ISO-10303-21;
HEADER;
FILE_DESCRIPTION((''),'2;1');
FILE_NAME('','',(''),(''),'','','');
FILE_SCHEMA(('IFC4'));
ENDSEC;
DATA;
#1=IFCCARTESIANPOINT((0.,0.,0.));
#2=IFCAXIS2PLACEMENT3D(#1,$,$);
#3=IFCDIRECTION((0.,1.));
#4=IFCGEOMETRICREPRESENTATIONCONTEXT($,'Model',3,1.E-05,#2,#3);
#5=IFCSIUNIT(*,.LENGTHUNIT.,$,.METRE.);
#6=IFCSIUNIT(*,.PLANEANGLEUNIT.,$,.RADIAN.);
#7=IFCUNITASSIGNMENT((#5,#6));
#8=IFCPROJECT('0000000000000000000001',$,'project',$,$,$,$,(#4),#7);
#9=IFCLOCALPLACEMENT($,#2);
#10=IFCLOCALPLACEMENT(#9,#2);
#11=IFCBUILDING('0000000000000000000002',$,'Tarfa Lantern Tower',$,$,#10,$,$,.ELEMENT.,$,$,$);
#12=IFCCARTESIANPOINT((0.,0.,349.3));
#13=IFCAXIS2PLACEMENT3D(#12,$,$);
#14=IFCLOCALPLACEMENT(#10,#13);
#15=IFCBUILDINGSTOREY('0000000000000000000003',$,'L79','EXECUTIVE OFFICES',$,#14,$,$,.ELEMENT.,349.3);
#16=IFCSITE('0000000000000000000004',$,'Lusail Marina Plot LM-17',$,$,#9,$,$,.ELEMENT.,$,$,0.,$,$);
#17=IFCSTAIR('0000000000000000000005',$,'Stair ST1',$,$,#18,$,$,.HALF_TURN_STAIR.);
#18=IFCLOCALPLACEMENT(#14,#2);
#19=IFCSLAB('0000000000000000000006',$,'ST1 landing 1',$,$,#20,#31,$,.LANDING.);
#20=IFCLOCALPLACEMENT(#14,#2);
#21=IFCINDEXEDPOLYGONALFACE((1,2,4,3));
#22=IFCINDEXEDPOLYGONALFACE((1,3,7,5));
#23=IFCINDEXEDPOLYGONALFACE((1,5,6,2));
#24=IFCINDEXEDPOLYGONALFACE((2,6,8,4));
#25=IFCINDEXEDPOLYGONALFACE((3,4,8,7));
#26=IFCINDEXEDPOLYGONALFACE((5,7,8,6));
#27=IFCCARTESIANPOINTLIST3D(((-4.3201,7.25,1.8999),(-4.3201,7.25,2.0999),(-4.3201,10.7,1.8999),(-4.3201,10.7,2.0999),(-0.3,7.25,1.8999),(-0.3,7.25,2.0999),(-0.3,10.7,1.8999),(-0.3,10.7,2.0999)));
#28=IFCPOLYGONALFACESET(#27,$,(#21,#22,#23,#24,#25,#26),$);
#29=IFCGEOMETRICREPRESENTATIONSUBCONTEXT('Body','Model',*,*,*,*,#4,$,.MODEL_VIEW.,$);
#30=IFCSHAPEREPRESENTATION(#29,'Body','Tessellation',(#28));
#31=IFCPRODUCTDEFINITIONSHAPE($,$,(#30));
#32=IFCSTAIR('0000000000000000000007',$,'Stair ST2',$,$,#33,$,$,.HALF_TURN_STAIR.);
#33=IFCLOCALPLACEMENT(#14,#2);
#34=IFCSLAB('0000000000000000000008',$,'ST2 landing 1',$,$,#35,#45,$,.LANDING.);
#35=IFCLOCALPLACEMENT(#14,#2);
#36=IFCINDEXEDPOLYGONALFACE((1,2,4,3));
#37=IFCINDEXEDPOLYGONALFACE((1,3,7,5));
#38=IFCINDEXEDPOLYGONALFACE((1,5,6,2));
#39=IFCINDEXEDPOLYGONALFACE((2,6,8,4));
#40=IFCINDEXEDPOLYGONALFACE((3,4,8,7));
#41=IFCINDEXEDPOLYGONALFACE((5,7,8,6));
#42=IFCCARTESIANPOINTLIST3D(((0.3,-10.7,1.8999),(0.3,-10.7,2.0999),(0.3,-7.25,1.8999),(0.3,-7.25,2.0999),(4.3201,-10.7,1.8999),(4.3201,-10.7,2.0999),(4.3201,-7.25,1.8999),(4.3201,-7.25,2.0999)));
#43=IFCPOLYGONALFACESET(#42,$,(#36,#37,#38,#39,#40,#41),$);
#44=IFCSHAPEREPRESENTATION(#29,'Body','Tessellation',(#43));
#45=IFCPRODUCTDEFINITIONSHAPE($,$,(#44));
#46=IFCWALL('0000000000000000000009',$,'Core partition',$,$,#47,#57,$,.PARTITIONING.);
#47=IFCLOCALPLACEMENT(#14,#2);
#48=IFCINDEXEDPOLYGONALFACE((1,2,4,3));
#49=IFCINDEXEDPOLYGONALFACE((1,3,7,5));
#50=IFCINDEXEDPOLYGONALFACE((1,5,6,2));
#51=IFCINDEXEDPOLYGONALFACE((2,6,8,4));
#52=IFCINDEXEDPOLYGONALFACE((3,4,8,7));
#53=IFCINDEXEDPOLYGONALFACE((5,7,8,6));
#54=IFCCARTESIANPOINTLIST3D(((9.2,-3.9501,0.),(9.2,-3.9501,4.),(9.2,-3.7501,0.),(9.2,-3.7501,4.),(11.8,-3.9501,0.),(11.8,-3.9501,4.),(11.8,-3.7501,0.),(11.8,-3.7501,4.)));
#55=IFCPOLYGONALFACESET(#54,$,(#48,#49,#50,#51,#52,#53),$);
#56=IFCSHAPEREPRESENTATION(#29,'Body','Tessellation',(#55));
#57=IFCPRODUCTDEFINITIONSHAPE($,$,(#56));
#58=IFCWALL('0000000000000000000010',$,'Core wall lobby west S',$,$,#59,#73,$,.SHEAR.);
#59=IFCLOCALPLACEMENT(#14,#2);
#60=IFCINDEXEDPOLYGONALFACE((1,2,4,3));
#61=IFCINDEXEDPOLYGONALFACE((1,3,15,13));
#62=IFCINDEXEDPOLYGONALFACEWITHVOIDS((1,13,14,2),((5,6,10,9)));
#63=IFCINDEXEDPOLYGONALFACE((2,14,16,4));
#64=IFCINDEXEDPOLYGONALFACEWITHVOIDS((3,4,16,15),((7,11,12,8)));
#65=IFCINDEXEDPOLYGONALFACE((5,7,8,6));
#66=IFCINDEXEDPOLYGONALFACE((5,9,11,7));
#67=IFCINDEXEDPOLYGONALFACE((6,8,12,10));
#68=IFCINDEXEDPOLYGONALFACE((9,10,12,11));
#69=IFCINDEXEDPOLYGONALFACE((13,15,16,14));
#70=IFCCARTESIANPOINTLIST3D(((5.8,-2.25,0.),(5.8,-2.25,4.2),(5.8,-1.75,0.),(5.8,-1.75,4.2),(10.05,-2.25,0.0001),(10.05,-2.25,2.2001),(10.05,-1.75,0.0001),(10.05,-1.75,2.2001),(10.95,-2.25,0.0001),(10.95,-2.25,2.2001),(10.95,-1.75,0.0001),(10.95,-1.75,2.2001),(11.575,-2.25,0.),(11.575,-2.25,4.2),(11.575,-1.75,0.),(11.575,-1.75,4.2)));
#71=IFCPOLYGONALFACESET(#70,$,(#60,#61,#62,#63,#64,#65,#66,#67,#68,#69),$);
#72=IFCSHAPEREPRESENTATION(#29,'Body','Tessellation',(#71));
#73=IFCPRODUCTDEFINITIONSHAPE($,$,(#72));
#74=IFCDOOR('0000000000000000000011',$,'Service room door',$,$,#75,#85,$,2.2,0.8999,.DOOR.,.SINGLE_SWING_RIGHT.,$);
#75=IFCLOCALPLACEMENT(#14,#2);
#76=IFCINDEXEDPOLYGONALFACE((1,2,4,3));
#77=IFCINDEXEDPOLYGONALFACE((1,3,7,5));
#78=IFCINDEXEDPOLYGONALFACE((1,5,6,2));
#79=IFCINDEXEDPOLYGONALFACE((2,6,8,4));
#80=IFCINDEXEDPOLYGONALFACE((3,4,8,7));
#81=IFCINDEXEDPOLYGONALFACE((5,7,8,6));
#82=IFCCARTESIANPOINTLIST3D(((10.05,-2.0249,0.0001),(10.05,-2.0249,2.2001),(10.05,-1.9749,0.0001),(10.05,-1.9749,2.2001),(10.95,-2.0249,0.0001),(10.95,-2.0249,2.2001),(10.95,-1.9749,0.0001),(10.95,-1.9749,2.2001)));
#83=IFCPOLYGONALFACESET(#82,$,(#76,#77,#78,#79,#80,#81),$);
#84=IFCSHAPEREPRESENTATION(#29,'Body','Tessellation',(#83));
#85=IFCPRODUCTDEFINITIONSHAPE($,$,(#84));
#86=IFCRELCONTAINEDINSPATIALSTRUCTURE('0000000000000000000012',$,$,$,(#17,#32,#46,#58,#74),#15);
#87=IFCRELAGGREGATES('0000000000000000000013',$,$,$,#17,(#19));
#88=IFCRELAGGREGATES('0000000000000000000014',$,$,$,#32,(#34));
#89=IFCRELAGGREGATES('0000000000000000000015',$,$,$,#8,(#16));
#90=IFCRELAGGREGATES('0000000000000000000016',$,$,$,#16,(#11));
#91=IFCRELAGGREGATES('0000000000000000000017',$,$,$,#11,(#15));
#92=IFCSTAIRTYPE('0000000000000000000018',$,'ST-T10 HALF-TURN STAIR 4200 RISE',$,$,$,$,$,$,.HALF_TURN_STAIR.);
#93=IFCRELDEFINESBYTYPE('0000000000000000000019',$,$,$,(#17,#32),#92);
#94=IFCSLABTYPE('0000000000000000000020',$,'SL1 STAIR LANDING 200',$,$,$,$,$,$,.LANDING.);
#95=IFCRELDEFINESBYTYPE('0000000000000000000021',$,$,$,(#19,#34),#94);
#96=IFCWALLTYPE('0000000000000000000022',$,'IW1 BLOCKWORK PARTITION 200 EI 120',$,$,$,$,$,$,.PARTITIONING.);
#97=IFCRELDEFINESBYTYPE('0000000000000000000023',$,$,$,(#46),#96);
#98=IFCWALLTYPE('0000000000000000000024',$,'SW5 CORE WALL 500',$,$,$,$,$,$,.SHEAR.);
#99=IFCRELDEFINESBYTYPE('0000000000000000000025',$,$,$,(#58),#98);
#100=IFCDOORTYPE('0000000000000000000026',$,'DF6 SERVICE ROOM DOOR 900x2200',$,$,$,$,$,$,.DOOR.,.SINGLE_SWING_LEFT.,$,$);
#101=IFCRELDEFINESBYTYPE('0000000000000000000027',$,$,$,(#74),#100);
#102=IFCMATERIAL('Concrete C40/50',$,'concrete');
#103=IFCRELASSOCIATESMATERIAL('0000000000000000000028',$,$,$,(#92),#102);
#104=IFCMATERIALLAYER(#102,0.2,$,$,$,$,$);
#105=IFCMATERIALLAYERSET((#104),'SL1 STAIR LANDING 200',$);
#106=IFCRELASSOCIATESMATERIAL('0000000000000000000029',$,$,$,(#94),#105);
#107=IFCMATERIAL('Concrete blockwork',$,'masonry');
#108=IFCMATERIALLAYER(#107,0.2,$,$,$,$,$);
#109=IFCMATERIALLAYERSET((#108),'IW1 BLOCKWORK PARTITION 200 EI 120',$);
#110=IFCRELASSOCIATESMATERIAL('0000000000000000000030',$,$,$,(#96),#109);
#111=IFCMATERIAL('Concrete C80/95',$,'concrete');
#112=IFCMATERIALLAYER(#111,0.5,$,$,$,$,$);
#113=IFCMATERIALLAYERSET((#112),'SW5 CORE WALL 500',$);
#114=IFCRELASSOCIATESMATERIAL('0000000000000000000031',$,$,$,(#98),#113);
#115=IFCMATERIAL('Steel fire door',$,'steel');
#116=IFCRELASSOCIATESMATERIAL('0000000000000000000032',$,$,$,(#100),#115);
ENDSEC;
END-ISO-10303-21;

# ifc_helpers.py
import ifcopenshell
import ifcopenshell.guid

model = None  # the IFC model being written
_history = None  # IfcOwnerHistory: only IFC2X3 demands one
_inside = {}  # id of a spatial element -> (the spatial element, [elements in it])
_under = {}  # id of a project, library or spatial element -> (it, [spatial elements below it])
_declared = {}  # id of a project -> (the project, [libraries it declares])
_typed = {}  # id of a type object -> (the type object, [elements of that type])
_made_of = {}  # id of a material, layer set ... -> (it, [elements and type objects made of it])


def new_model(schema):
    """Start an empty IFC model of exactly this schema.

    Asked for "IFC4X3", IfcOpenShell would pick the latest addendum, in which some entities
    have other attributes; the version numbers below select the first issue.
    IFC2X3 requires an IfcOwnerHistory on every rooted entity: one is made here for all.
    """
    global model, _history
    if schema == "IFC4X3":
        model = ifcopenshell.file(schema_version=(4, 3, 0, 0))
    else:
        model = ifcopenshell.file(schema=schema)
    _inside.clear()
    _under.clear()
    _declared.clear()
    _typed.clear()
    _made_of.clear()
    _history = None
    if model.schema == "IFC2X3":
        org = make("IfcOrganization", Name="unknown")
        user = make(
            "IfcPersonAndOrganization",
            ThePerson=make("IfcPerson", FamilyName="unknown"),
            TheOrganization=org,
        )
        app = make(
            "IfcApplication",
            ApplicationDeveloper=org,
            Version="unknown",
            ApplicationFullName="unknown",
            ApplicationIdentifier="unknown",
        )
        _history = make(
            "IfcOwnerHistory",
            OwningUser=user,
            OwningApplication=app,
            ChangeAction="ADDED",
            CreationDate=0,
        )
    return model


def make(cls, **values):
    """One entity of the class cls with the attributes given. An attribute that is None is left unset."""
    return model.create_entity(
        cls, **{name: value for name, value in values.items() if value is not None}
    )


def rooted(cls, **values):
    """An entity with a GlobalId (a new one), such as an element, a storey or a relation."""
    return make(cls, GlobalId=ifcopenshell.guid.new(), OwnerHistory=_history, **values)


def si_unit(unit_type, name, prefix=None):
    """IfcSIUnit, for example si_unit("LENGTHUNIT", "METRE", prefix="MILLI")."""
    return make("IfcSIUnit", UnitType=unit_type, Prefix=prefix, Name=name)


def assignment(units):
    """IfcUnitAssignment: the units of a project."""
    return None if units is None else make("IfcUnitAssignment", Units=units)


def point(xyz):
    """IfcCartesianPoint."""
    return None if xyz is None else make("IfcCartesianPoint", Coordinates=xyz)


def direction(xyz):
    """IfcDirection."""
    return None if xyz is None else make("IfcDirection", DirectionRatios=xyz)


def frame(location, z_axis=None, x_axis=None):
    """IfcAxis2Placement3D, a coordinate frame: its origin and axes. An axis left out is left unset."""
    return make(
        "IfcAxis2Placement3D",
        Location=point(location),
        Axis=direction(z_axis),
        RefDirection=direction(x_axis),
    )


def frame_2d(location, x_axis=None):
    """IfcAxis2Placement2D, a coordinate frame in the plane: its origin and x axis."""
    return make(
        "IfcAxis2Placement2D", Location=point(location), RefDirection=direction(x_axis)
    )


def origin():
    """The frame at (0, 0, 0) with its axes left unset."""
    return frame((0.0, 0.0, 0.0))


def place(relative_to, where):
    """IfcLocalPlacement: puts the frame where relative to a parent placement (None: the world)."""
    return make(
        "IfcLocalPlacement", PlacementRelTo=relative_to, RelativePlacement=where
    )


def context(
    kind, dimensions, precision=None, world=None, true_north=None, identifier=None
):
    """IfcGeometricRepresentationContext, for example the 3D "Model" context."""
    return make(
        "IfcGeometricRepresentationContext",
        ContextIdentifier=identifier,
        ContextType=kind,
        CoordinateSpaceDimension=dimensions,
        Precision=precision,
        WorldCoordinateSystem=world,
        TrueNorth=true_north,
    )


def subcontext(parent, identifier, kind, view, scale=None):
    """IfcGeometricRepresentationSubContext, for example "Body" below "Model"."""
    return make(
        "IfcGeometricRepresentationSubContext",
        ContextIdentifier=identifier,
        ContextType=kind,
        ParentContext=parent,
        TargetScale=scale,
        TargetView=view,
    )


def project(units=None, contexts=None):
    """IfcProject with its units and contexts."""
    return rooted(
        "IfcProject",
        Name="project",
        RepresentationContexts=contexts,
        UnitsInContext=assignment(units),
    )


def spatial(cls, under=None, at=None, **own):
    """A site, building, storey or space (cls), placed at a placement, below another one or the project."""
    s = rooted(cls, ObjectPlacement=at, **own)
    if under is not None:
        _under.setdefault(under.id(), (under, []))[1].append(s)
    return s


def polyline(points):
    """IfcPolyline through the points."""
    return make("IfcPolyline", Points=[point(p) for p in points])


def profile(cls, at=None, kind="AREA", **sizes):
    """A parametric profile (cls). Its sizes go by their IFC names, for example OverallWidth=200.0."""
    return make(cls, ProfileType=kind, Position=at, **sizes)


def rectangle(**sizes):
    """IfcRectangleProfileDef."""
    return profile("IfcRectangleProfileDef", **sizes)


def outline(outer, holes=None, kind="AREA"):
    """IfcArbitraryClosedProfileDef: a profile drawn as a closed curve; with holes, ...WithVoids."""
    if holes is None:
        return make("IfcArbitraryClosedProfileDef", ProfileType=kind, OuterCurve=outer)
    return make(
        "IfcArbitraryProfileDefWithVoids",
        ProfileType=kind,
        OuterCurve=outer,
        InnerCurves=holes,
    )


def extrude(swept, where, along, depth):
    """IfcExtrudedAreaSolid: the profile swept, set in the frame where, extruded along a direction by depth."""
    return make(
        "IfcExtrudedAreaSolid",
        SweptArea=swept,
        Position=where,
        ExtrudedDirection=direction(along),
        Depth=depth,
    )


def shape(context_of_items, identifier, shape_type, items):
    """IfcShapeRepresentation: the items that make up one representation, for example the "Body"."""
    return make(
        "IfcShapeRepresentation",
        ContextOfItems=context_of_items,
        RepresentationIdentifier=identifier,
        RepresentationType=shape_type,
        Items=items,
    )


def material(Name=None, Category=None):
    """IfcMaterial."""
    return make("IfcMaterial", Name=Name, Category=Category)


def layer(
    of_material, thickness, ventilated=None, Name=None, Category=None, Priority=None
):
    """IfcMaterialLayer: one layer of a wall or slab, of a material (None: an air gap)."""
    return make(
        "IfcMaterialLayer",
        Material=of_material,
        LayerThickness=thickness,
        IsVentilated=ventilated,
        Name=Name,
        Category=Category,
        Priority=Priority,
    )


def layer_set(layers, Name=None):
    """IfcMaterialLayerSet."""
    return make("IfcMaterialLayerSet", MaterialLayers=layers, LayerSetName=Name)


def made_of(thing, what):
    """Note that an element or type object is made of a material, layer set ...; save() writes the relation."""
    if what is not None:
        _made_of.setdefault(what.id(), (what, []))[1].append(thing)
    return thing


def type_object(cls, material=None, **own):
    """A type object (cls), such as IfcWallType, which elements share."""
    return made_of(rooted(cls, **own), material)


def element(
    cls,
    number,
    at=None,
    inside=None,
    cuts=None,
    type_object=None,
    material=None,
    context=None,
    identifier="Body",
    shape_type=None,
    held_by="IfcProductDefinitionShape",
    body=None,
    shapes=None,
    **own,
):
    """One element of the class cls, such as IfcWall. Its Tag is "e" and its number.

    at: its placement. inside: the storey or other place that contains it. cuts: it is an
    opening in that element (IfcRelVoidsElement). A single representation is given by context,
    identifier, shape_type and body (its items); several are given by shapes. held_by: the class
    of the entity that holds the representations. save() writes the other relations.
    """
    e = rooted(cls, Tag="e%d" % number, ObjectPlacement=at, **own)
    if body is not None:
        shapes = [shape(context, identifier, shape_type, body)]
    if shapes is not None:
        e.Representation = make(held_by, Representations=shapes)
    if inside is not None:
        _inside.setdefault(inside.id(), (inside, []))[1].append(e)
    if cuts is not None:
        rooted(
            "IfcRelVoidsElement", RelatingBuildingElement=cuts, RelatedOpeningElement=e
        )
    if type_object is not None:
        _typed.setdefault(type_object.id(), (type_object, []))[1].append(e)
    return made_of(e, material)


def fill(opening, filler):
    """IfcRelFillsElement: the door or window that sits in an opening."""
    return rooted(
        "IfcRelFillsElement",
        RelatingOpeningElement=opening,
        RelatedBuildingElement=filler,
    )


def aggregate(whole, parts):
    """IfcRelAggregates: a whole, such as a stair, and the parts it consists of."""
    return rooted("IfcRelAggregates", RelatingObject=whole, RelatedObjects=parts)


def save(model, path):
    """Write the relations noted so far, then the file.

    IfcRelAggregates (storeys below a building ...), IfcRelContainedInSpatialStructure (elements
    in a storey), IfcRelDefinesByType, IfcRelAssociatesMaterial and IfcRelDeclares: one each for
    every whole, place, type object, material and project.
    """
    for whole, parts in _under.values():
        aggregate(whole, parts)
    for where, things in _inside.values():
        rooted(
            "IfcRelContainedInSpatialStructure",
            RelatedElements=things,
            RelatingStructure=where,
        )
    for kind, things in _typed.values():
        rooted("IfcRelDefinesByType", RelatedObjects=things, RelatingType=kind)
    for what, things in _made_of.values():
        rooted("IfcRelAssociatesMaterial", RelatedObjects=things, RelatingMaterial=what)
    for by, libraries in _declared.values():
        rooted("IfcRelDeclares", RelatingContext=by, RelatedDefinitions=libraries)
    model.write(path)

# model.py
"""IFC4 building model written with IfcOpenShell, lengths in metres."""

from ifc_helpers import new_model, si_unit, direction, frame, frame_2d, origin, place, context, subcontext, project, spatial, polyline, rectangle, outline, extrude, material, layer, layer_set, type_object, element, fill, aggregate, save


model = new_model("IFC4")

# Units and contexts
model_context = context("Model", 3, precision=1e-05, world=origin(), true_north=direction((0.0, 1.0)))
body_context = subcontext(model_context, "Body", "Model", "MODEL_VIEW")
ifc_project = project(units=[si_unit("LENGTHUNIT", "METRE"), si_unit("PLANEANGLEUNIT", "RADIAN")], contexts=[model_context])

# Site, building, storey
site_placement = place(None, origin())
site = spatial("IfcSite", under=ifc_project, at=site_placement, Name="Lusail Marina Plot LM-17", CompositionType="ELEMENT", RefElevation=0.0)
building_placement = place(site_placement, origin())
building = spatial("IfcBuilding", under=site, at=building_placement, Name="Tarfa Lantern Tower", CompositionType="ELEMENT")
storey_placement = place(building_placement, frame((0.0, 0.0, 349.3)))
storey = spatial("IfcBuildingStorey", under=building, at=storey_placement, Name="L79", Description="EXECUTIVE OFFICES", CompositionType="ELEMENT", Elevation=349.3)

# Stairs, slabs
ifc_material_1 = material(Name="Concrete C40/50", Category="concrete")
stair_type = type_object("IfcStairType", Name="ST-T10 HALF-TURN STAIR 4200 RISE", PredefinedType="HALF_TURN_STAIR", material=ifc_material_1)
stair_1_placement = place(storey_placement, origin())
stair_1 = element("IfcStair", 1, at=stair_1_placement, inside=storey, type_object=stair_type, Name="Stair ST1", PredefinedType="HALF_TURN_STAIR")
ifc_layer_1 = layer(ifc_material_1, 0.2)
ifc_layer_set_1 = layer_set([ifc_layer_1], Name="SL1 STAIR LANDING 200")
slab_type = type_object("IfcSlabType", Name="SL1 STAIR LANDING 200", PredefinedType="LANDING", material=ifc_layer_set_1)
slab_1_placement = place(storey_placement, frame((0.0, 0.0, 1.8999)))
slab_1 = element("IfcSlab", 2, at=slab_1_placement, type_object=slab_type, Name="ST1 landing 1", PredefinedType="LANDING", context=body_context, shape_type="SweptSolid", body=[
    extrude(outline(polyline([(-4.3201, 7.25), (-0.3, 7.25), (-0.3, 10.7), (-4.3201, 10.7), (-4.3201, 7.25)])), origin(), (0.0, 0.0, 1.0), 0.2),
])
aggregate(stair_1, [slab_1])
stair_2_placement = place(storey_placement, origin())
stair_2 = element("IfcStair", 3, at=stair_2_placement, inside=storey, type_object=stair_type, Name="Stair ST2", PredefinedType="HALF_TURN_STAIR")
slab_2_placement = place(storey_placement, frame((0.0, 0.0, 1.8999)))
slab_2 = element("IfcSlab", 4, at=slab_2_placement, type_object=slab_type, Name="ST2 landing 1", PredefinedType="LANDING", context=body_context, shape_type="SweptSolid", body=[
    extrude(outline(polyline([(4.3201, -7.25), (0.3, -7.25), (0.3, -10.7), (4.3201, -10.7), (4.3201, -7.25)])), origin(), (0.0, 0.0, 1.0), 0.2),
])
aggregate(stair_2, [slab_2])

# Wall
ifc_material_2 = material(Name="Concrete blockwork", Category="masonry")
ifc_layer_2 = layer(ifc_material_2, 0.2)
ifc_layer_set_2 = layer_set([ifc_layer_2], Name="IW1 BLOCKWORK PARTITION 200 EI 120")
wall_type_1 = type_object("IfcWallType", Name="IW1 BLOCKWORK PARTITION 200 EI 120", PredefinedType="PARTITIONING", material=ifc_layer_set_2)
wall_1_placement = place(storey_placement, frame((11.8, -3.8501, 0.0), z_axis=(0.0, 0.0, 1.0), x_axis=(-1.0, 0.0, 0.0)))
element("IfcWall", 5, at=wall_1_placement, inside=storey, type_object=wall_type_1, Name="Core partition", PredefinedType="PARTITIONING", context=body_context, shape_type="SweptSolid", body=[
    extrude(rectangle(XDim=2.6001, YDim=0.2, at=frame_2d((1.3, 0.0))), origin(), (0.0, 0.0, 1.0), 4.0),
])

# Wall, opening, door
ifc_material_3 = material(Name="Concrete C80/95", Category="concrete")
ifc_layer_3 = layer(ifc_material_3, 0.5)
ifc_layer_set_3 = layer_set([ifc_layer_3], Name="SW5 CORE WALL 500")
wall_type_2 = type_object("IfcWallType", Name="SW5 CORE WALL 500", PredefinedType="SHEAR", material=ifc_layer_set_3)
wall_2_placement = place(storey_placement, frame((11.575, -2.0, 0.0), z_axis=(0.0, 0.0, 1.0), x_axis=(-1.0, 0.0, 0.0)))
wall_2 = element("IfcWall", 6, at=wall_2_placement, inside=storey, type_object=wall_type_2, Name="Core wall lobby west S", PredefinedType="SHEAR", context=body_context, shape_type="SweptSolid", body=[
    extrude(rectangle(XDim=5.7749, YDim=0.5, at=frame_2d((2.8875, 0.0))), origin(), (0.0, 0.0, 1.0), 4.2),
])
opening_1_placement = place(wall_2_placement, frame((0.625, 0.0, 0.0)))
opening_1 = element("IfcOpeningElement", 7, at=opening_1_placement, cuts=wall_2, PredefinedType="OPENING", context=body_context, shape_type="SweptSolid", body=[
    extrude(rectangle(XDim=0.8999, YDim=2.2, at=frame_2d((0.45, 1.1001))), frame((0.0, 0.26, 0.0), z_axis=(0.0, -1.0, 0.0), x_axis=(1.0, 0.0, 0.0)), (0.0, 0.0, 1.0), 0.52),
])
ifc_material_4 = material(Name="Steel fire door", Category="steel")
door_type_1 = type_object("IfcDoorType", Name="DF6 SERVICE ROOM DOOR 900x2200", OperationType="SINGLE_SWING_LEFT", PredefinedType="DOOR", material=ifc_material_4)
door_1_placement = place(opening_1_placement, origin())
door_1 = element("IfcDoor", 8, at=door_1_placement, inside=storey, type_object=door_type_1, Name="Service room door", OperationType="SINGLE_SWING_RIGHT", OverallHeight=2.2, OverallWidth=0.8999, PredefinedType="DOOR", context=body_context, shape_type="SweptSolid", body=[
    extrude(rectangle(XDim=0.8999, YDim=2.2, at=frame_2d((0.45, 1.1001))), frame((0.0, 0.0249, 0.0), z_axis=(0.0, -1.0, 0.0), x_axis=(1.0, 0.0, 0.0)), (0.0, 0.0, 1.0), 0.05),
])
fill(opening_1, door_1)

save(model, "model.ifc")
